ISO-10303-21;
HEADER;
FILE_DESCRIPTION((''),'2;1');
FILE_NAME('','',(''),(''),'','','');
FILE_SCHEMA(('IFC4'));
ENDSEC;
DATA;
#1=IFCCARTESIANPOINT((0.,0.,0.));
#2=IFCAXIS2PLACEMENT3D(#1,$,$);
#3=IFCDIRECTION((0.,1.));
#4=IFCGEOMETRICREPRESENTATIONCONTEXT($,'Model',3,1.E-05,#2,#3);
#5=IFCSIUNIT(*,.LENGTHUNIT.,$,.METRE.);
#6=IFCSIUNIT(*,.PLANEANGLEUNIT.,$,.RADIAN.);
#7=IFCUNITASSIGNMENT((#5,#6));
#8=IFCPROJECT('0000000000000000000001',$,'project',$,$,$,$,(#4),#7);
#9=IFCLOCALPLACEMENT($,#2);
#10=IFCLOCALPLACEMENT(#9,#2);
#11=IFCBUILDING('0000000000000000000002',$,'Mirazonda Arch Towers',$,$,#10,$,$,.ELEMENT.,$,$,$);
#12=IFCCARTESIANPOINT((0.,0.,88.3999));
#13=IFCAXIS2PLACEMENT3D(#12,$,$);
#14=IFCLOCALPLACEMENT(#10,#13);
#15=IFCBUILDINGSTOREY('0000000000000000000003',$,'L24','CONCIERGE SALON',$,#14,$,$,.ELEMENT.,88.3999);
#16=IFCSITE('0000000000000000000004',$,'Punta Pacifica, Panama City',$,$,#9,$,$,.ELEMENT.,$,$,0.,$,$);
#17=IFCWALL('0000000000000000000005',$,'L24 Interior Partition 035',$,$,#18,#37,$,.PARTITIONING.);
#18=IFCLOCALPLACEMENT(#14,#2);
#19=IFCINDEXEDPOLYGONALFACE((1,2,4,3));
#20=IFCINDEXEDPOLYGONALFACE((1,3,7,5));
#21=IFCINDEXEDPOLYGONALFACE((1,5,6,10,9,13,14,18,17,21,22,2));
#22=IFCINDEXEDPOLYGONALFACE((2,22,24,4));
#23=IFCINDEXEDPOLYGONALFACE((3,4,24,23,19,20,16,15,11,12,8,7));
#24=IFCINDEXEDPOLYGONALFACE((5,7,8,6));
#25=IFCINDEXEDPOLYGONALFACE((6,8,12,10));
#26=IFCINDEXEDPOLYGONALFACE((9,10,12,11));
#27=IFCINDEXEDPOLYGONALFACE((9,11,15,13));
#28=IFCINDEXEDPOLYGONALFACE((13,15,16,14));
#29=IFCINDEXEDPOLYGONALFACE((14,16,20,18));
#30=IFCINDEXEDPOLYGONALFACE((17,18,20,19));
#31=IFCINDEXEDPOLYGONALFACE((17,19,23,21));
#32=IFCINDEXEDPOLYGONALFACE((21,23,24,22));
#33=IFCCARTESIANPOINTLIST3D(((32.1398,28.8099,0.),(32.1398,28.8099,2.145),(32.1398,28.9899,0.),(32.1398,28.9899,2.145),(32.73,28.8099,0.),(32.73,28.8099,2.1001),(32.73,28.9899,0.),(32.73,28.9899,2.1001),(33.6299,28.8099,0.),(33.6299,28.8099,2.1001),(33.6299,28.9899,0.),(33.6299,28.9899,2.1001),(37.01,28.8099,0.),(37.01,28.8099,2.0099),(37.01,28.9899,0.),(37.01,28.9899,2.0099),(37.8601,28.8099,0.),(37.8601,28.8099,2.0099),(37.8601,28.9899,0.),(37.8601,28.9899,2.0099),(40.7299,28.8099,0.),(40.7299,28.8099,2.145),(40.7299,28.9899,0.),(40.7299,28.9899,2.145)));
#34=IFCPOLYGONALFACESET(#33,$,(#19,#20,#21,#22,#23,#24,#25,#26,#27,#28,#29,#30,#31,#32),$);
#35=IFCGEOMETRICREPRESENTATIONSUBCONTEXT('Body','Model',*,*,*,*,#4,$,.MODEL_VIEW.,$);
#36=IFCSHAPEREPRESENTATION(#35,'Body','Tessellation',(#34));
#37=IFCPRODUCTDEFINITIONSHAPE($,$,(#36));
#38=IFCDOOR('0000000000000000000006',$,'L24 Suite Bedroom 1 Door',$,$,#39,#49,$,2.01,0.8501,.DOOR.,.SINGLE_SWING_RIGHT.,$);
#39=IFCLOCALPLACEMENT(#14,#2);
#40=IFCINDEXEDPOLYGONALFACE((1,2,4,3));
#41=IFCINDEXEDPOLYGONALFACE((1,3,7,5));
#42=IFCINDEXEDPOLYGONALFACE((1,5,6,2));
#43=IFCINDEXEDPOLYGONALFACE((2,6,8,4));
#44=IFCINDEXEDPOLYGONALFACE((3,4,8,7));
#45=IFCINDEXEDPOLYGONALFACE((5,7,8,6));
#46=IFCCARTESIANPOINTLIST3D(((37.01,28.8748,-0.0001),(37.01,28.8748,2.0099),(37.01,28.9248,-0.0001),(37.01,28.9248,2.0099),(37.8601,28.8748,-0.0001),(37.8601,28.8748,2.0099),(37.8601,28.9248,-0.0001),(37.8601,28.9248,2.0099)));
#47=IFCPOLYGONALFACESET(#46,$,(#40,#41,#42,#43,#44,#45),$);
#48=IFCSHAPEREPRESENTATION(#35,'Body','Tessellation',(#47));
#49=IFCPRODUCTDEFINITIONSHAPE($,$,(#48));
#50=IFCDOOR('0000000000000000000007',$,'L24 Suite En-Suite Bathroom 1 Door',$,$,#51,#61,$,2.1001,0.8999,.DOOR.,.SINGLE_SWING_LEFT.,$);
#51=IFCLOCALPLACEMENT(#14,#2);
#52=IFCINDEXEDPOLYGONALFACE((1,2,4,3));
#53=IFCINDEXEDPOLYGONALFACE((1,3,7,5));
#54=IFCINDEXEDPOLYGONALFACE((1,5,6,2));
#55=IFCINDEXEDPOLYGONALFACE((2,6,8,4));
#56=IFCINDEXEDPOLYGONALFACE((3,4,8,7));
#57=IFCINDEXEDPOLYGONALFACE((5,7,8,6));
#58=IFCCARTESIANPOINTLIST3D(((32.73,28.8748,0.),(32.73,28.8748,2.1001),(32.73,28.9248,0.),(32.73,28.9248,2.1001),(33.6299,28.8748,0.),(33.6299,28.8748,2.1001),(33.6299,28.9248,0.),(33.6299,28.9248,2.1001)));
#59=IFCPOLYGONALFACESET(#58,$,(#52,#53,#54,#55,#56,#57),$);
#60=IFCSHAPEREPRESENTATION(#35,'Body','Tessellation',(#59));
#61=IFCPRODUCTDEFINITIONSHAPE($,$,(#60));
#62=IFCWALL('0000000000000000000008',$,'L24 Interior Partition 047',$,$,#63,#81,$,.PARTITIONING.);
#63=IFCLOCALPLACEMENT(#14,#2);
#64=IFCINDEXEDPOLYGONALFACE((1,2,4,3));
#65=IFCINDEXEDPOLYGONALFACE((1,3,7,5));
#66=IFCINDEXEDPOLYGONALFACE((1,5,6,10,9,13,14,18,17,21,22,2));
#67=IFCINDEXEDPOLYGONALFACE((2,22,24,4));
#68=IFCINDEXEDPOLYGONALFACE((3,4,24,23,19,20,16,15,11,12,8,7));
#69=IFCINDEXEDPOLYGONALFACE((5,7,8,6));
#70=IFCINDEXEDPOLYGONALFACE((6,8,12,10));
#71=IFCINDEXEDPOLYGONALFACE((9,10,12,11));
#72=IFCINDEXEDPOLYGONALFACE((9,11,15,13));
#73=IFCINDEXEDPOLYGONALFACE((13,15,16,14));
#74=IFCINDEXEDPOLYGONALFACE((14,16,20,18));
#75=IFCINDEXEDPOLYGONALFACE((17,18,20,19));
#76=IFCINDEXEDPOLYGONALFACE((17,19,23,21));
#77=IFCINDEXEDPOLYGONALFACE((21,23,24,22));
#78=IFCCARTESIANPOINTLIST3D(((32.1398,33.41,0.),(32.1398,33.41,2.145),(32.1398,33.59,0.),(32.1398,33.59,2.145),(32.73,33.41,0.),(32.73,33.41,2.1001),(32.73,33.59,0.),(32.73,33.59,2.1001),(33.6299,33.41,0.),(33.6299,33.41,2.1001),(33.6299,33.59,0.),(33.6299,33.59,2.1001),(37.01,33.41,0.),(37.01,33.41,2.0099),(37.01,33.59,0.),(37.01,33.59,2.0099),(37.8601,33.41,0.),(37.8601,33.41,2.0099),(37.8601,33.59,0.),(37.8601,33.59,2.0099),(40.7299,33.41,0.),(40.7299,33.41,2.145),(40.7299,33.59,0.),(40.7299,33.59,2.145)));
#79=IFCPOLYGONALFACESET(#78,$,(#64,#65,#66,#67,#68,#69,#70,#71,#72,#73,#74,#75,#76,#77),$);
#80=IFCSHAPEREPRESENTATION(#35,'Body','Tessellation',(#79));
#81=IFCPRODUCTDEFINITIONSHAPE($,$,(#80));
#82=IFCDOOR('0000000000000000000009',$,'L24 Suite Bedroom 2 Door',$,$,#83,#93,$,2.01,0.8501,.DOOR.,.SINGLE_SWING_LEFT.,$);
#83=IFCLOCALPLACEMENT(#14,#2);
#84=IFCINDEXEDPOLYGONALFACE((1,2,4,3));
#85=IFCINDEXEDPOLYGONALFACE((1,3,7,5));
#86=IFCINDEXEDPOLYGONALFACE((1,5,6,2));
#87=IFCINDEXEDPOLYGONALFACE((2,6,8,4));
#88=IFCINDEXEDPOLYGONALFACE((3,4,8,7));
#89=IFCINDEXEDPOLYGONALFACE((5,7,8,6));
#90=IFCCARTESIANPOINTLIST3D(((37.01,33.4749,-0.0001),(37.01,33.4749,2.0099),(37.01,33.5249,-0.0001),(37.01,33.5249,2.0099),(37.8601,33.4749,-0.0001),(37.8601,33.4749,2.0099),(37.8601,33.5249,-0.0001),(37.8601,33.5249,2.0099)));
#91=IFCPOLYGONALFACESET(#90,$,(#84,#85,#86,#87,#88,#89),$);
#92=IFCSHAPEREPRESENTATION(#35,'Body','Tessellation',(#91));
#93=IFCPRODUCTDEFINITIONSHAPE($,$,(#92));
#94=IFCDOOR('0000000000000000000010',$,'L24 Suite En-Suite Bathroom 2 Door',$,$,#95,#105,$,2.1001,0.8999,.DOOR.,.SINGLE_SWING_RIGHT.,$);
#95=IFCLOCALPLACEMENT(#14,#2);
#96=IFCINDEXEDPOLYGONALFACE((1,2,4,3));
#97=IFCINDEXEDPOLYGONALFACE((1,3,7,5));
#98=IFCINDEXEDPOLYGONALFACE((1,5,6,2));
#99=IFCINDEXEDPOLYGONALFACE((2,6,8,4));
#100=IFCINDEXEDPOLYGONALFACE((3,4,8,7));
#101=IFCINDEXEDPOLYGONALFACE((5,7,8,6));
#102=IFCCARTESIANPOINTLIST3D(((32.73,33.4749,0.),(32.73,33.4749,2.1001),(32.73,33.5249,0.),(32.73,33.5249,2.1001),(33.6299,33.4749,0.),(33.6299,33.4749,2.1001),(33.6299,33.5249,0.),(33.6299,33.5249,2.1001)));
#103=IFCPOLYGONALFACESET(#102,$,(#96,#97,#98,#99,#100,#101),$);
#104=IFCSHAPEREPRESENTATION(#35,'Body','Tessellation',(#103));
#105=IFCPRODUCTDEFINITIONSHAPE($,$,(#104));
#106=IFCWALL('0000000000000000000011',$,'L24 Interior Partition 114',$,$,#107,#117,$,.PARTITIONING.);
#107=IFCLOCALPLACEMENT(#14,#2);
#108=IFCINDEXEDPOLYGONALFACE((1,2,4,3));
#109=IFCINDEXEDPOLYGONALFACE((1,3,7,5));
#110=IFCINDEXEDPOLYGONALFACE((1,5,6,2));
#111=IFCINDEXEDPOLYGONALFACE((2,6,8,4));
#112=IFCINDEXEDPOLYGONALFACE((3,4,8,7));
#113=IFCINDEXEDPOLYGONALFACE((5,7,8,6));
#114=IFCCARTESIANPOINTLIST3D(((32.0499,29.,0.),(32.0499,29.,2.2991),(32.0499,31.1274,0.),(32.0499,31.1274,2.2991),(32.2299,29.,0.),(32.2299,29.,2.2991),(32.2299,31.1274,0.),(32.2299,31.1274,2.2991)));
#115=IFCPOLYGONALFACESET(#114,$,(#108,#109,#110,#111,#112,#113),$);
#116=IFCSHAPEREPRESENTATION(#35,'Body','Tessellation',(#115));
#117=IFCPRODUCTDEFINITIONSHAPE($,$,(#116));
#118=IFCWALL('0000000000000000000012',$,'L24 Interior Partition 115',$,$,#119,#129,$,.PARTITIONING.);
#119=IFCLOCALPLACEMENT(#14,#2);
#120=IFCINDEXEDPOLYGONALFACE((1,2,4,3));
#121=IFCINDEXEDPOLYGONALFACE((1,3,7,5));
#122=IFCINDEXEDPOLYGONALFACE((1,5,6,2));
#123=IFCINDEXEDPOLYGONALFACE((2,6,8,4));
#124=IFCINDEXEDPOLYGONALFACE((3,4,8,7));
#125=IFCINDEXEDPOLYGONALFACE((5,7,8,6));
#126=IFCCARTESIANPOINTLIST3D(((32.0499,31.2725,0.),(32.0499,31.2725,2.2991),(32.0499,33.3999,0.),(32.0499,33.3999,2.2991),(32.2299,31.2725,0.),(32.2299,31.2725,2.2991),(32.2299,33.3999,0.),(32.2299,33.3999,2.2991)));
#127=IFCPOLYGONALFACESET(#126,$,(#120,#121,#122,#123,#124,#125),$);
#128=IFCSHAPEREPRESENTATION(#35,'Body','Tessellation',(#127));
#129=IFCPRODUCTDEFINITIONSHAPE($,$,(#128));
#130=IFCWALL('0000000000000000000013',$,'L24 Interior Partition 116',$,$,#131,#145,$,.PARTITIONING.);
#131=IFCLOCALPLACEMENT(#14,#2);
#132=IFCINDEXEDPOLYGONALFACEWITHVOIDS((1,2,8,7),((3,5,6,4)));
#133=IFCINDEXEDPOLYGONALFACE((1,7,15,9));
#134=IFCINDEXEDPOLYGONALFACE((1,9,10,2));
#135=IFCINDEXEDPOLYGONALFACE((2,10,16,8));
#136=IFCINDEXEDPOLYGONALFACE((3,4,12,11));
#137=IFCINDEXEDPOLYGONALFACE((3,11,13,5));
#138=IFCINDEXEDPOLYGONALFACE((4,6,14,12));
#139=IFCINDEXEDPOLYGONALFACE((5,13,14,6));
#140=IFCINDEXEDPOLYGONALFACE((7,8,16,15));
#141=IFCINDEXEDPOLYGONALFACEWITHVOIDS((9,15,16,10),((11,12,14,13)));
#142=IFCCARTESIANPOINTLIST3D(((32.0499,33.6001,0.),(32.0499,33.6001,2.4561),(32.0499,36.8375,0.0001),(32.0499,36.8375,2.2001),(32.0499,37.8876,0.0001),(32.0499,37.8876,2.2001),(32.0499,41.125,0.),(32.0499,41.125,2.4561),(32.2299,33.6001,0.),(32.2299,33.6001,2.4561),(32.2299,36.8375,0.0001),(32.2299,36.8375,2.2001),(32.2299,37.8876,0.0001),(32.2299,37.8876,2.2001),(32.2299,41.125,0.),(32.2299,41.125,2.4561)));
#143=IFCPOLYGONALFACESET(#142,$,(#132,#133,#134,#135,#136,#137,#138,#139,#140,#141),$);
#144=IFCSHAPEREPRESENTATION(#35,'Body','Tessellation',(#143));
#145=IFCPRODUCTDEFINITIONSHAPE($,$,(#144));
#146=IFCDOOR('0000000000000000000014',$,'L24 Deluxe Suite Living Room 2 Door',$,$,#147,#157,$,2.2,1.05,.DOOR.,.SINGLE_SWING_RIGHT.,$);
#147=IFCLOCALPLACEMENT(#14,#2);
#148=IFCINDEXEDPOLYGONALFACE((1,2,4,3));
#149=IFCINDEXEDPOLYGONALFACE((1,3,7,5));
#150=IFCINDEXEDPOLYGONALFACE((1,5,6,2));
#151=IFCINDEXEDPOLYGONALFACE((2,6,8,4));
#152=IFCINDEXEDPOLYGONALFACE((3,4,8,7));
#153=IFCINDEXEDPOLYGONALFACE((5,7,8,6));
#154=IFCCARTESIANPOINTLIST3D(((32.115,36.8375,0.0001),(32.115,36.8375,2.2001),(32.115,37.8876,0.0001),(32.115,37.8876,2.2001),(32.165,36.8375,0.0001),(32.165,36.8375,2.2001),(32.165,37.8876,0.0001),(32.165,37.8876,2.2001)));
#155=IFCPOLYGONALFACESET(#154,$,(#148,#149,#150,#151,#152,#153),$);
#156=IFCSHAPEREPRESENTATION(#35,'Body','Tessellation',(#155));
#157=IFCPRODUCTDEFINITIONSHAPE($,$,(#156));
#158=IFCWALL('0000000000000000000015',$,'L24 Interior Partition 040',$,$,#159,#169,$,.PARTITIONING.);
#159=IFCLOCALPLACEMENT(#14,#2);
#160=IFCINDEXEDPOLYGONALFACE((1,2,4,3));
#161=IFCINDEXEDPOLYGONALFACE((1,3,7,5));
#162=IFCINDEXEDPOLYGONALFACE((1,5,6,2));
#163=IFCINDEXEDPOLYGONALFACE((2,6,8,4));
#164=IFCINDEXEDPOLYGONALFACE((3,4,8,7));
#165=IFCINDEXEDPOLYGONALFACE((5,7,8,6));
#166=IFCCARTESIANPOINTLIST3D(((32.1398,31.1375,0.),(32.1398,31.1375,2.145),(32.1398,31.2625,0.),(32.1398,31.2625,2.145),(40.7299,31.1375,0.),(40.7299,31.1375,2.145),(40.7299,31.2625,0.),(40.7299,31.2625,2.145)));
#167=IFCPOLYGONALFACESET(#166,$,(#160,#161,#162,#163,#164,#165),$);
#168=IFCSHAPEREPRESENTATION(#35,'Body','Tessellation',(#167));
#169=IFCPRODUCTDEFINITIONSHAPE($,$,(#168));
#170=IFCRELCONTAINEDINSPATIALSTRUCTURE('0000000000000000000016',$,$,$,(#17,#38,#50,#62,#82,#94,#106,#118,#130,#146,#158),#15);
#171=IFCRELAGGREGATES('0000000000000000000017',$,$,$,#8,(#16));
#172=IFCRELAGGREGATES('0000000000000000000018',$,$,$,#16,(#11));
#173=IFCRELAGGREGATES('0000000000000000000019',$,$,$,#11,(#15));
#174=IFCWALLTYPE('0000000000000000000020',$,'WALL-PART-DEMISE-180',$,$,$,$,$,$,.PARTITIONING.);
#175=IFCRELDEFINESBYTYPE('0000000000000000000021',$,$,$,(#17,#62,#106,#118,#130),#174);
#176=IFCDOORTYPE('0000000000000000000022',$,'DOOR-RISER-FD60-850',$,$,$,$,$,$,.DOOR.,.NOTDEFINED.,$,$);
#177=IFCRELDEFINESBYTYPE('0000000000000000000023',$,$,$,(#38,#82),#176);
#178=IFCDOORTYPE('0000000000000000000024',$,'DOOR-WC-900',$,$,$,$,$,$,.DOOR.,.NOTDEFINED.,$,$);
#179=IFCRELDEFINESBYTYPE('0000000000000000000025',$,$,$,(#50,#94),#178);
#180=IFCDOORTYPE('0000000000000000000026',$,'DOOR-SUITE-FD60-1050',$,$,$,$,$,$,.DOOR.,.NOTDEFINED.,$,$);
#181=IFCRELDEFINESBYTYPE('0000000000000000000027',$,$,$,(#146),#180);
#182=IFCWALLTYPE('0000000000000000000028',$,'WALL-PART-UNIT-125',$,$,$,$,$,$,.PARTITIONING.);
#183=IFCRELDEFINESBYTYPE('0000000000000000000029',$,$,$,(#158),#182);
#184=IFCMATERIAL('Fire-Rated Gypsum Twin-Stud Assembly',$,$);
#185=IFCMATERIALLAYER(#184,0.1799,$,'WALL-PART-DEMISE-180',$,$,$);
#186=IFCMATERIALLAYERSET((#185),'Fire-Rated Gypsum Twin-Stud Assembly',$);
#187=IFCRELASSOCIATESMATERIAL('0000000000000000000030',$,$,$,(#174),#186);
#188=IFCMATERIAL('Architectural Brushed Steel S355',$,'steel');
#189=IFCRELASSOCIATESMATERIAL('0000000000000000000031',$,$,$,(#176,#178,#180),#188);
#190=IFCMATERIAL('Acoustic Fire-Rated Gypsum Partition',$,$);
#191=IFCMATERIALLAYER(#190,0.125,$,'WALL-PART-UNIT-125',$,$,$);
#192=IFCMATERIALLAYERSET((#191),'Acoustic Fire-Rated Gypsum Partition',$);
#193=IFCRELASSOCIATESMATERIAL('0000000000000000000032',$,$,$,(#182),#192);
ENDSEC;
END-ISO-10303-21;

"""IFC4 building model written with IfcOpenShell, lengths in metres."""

from ifc_helpers import new_model, si_unit, direction, frame, frame_2d, origin, place, context, subcontext, project, spatial, rectangle, extrude, material, layer, layer_set, type_object, element, fill, save


model = new_model("IFC4")

# Units and contexts
model_context = context("Model", 3, precision=1e-05, world=origin(), true_north=direction((0.0, 1.0)))
body_context = subcontext(model_context, "Body", "Model", "MODEL_VIEW")
ifc_project = project(units=[si_unit("LENGTHUNIT", "METRE"), si_unit("PLANEANGLEUNIT", "RADIAN")], contexts=[model_context])

# Site, building, storey
site_placement = place(None, origin())
site = spatial("IfcSite", under=ifc_project, at=site_placement, Name="Punta Pacifica, Panama City", CompositionType="ELEMENT", RefElevation=0.0)
building_placement = place(site_placement, origin())
building = spatial("IfcBuilding", under=site, at=building_placement, Name="Mirazonda Arch Towers", CompositionType="ELEMENT")
storey_placement = place(building_placement, frame((0.0, 0.0, 88.3999)))
storey = spatial("IfcBuildingStorey", under=building, at=storey_placement, Name="L24", Description="CONCIERGE SALON", CompositionType="ELEMENT", Elevation=88.3999)

# Walls, openings, doors
ifc_material_1 = material(Name="Fire-Rated Gypsum Twin-Stud Assembly")
ifc_layer_1 = layer(ifc_material_1, 0.1799, Name="WALL-PART-DEMISE-180")
ifc_layer_set_1 = layer_set([ifc_layer_1], Name="Fire-Rated Gypsum Twin-Stud Assembly")
wall_type_1 = type_object("IfcWallType", Name="WALL-PART-DEMISE-180", PredefinedType="PARTITIONING", material=ifc_layer_set_1)
wall_1_placement = place(storey_placement, frame((32.1399, 28.8999, 0.0), z_axis=(0.0, 0.0, 1.0), x_axis=(1.0, 0.0, 0.0)))
wall_1 = element("IfcWall", 1, at=wall_1_placement, inside=storey, type_object=wall_type_1, Name="L24 Interior Partition 035", PredefinedType="PARTITIONING", context=body_context, shape_type="SweptSolid", body=[
    extrude(rectangle(XDim=8.5901, YDim=0.1799, at=frame_2d((4.2949, 0.0))), origin(), (0.0, 0.0, 1.0), 2.145),
])
opening_1_placement = place(wall_1_placement, frame((4.8701, 0.0, 0.0)))
opening_1 = element("IfcOpeningElement", 2, at=opening_1_placement, cuts=wall_1, PredefinedType="OPENING", context=body_context, shape_type="SweptSolid", body=[
    extrude(rectangle(XDim=0.8501, YDim=2.01, at=frame_2d((0.425, 1.0049))), frame((0.0, 0.0999, 0.0), z_axis=(0.0, -1.0, 0.0), x_axis=(1.0, 0.0, 0.0)), (0.0, 0.0, 1.0), 0.2),
])
opening_2_placement = place(wall_1_placement, frame((0.5901, 0.0, 0.0)))
opening_2 = element("IfcOpeningElement", 3, at=opening_2_placement, cuts=wall_1, PredefinedType="OPENING", context=body_context, shape_type="SweptSolid", body=[
    extrude(rectangle(XDim=0.8999, YDim=2.1001, at=frame_2d((0.45, 1.05))), frame((0.0, 0.0999, 0.0), z_axis=(0.0, -1.0, 0.0), x_axis=(1.0, 0.0, 0.0)), (0.0, 0.0, 1.0), 0.2),
])
ifc_material_2 = material(Name="Architectural Brushed Steel S355", Category="steel")
door_type_1 = type_object("IfcDoorType", Name="DOOR-RISER-FD60-850", OperationType="NOTDEFINED", PredefinedType="DOOR", material=ifc_material_2)
door_1_placement = place(opening_1_placement, origin())
door_1 = element("IfcDoor", 4, at=door_1_placement, inside=storey, type_object=door_type_1, Name="L24 Suite Bedroom 1 Door", OperationType="SINGLE_SWING_RIGHT", OverallHeight=2.01, OverallWidth=0.8501, PredefinedType="DOOR", context=body_context, shape_type="SweptSolid", body=[
    extrude(rectangle(XDim=0.8501, YDim=2.01, at=frame_2d((0.425, 1.0049))), frame((0.0, 0.0249, 0.0), z_axis=(0.0, -1.0, 0.0), x_axis=(1.0, 0.0, 0.0)), (0.0, 0.0, 1.0), 0.05),
])
fill(opening_1, door_1)
door_type_2 = type_object("IfcDoorType", Name="DOOR-WC-900", OperationType="NOTDEFINED", PredefinedType="DOOR", material=ifc_material_2)
door_2_placement = place(opening_2_placement, origin())
door_2 = element("IfcDoor", 5, at=door_2_placement, inside=storey, type_object=door_type_2, Name="L24 Suite En-Suite Bathroom 1 Door", OperationType="SINGLE_SWING_LEFT", OverallHeight=2.1001, OverallWidth=0.8999, PredefinedType="DOOR", context=body_context, shape_type="SweptSolid", body=[
    extrude(rectangle(XDim=0.8999, YDim=2.1001, at=frame_2d((0.45, 1.05))), frame((0.0, 0.0249, 0.0), z_axis=(0.0, -1.0, 0.0), x_axis=(1.0, 0.0, 0.0)), (0.0, 0.0, 1.0), 0.05),
])
fill(opening_2, door_2)
wall_2_placement = place(storey_placement, frame((32.1399, 33.5, 0.0), z_axis=(0.0, 0.0, 1.0), x_axis=(1.0, 0.0, 0.0)))
wall_2 = element("IfcWall", 6, at=wall_2_placement, inside=storey, type_object=wall_type_1, Name="L24 Interior Partition 047", PredefinedType="PARTITIONING", context=body_context, shape_type="SweptSolid", body=[
    extrude(rectangle(XDim=8.5901, YDim=0.1799, at=frame_2d((4.2949, 0.0))), origin(), (0.0, 0.0, 1.0), 2.145),
])
opening_3_placement = place(wall_2_placement, frame((4.8701, 0.0, 0.0)))
opening_3 = element("IfcOpeningElement", 7, at=opening_3_placement, cuts=wall_2, PredefinedType="OPENING", context=body_context, shape_type="SweptSolid", body=[
    extrude(rectangle(XDim=0.8501, YDim=2.01, at=frame_2d((0.425, 1.0049))), frame((0.0, 0.0999, 0.0), z_axis=(0.0, -1.0, 0.0), x_axis=(1.0, 0.0, 0.0)), (0.0, 0.0, 1.0), 0.2),
])
opening_4_placement = place(wall_2_placement, frame((0.5901, 0.0, 0.0)))
opening_4 = element("IfcOpeningElement", 8, at=opening_4_placement, cuts=wall_2, PredefinedType="OPENING", context=body_context, shape_type="SweptSolid", body=[
    extrude(rectangle(XDim=0.8999, YDim=2.1001, at=frame_2d((0.45, 1.05))), frame((0.0, 0.0999, 0.0), z_axis=(0.0, -1.0, 0.0), x_axis=(1.0, 0.0, 0.0)), (0.0, 0.0, 1.0), 0.2),
])
door_3_placement = place(opening_3_placement, origin())
door_3 = element("IfcDoor", 9, at=door_3_placement, inside=storey, type_object=door_type_1, Name="L24 Suite Bedroom 2 Door", OperationType="SINGLE_SWING_LEFT", OverallHeight=2.01, OverallWidth=0.8501, PredefinedType="DOOR", context=body_context, shape_type="SweptSolid", body=[
    extrude(rectangle(XDim=0.8501, YDim=2.01, at=frame_2d((0.425, 1.0049))), frame((0.0, 0.0249, 0.0), z_axis=(0.0, -1.0, 0.0), x_axis=(1.0, 0.0, 0.0)), (0.0, 0.0, 1.0), 0.05),
])
fill(opening_3, door_3)
door_4_placement = place(opening_4_placement, origin())
door_4 = element("IfcDoor", 10, at=door_4_placement, inside=storey, type_object=door_type_2, Name="L24 Suite En-Suite Bathroom 2 Door", OperationType="SINGLE_SWING_RIGHT", OverallHeight=2.1001, OverallWidth=0.8999, PredefinedType="DOOR", context=body_context, shape_type="SweptSolid", body=[
    extrude(rectangle(XDim=0.8999, YDim=2.1001, at=frame_2d((0.45, 1.05))), frame((0.0, 0.0249, 0.0), z_axis=(0.0, -1.0, 0.0), x_axis=(1.0, 0.0, 0.0)), (0.0, 0.0, 1.0), 0.05),
])
fill(opening_4, door_4)

# Walls
for number, where, z_axis, x_axis, name in (
    (11, (32.1399, 29.0, 0.0), (0.0, 0.0, 1.0), (0.0, 1.0, 0.0), "L24 Interior Partition 114"),
    (12, (32.1399, 31.2725, 0.0), (0.0, 0.0, 1.0), (0.0, 1.0, 0.0), "L24 Interior Partition 115"),
):
    element("IfcWall", number, at=place(storey_placement, frame(where, z_axis=z_axis, x_axis=x_axis)), inside=storey, type_object=wall_type_1, Name=name, PredefinedType="PARTITIONING", context=body_context, shape_type="SweptSolid", body=[
        extrude(rectangle(XDim=2.1274, YDim=0.1799, at=frame_2d((1.0637, 0.0))), origin(), (0.0, 0.0, 1.0), 2.2991),
    ])

# Wall, opening, door
wall_3_placement = place(storey_placement, frame((32.1399, 33.6001, 0.0), z_axis=(0.0, 0.0, 1.0), x_axis=(0.0, 1.0, 0.0)))
wall_3 = element("IfcWall", 13, at=wall_3_placement, inside=storey, type_object=wall_type_1, Name="L24 Interior Partition 116", PredefinedType="PARTITIONING", context=body_context, shape_type="SweptSolid", body=[
    extrude(rectangle(XDim=7.5249, YDim=0.1799, at=frame_2d((3.7625, 0.0))), origin(), (0.0, 0.0, 1.0), 2.4561),
])
opening_5_placement = place(wall_3_placement, frame((3.2375, 0.0, 0.0)))
opening_5 = element("IfcOpeningElement", 14, at=opening_5_placement, cuts=wall_3, PredefinedType="OPENING", context=body_context, shape_type="SweptSolid", body=[
    extrude(rectangle(XDim=1.05, YDim=2.2, at=frame_2d((0.5249, 1.1001))), frame((0.0, 0.0999, 0.0), z_axis=(0.0, -1.0, 0.0), x_axis=(1.0, 0.0, 0.0)), (0.0, 0.0, 1.0), 0.2),
])
door_type_3 = type_object("IfcDoorType", Name="DOOR-SUITE-FD60-1050", OperationType="NOTDEFINED", PredefinedType="DOOR", material=ifc_material_2)
door_5_placement = place(opening_5_placement, origin())
door_5 = element("IfcDoor", 15, at=door_5_placement, inside=storey, type_object=door_type_3, Name="L24 Deluxe Suite Living Room 2 Door", OperationType="SINGLE_SWING_RIGHT", OverallHeight=2.2, OverallWidth=1.05, PredefinedType="DOOR", context=body_context, shape_type="SweptSolid", body=[
    extrude(rectangle(XDim=1.05, YDim=2.2, at=frame_2d((0.5249, 1.1001))), frame((0.0, 0.0249, 0.0), z_axis=(0.0, -1.0, 0.0), x_axis=(1.0, 0.0, 0.0)), (0.0, 0.0, 1.0), 0.05),
])
fill(opening_5, door_5)

# Wall
ifc_material_3 = material(Name="Acoustic Fire-Rated Gypsum Partition")
ifc_layer_2 = layer(ifc_material_3, 0.125, Name="WALL-PART-UNIT-125")
ifc_layer_set_2 = layer_set([ifc_layer_2], Name="Acoustic Fire-Rated Gypsum Partition")
wall_type_2 = type_object("IfcWallType", Name="WALL-PART-UNIT-125", PredefinedType="PARTITIONING", material=ifc_layer_set_2)
wall_4_placement = place(storey_placement, frame((32.1399, 31.2, 0.0), z_axis=(0.0, 0.0, 1.0), x_axis=(1.0, 0.0, 0.0)))
element("IfcWall", 16, at=wall_4_placement, inside=storey, type_object=wall_type_2, Name="L24 Interior Partition 040", PredefinedType="PARTITIONING", context=body_context, shape_type="SweptSolid", body=[
    extrude(rectangle(XDim=8.5901, YDim=0.125, at=frame_2d((4.2949, 0.0))), origin(), (0.0, 0.0, 1.0), 2.145),
])

save(model, "model.ifc")
